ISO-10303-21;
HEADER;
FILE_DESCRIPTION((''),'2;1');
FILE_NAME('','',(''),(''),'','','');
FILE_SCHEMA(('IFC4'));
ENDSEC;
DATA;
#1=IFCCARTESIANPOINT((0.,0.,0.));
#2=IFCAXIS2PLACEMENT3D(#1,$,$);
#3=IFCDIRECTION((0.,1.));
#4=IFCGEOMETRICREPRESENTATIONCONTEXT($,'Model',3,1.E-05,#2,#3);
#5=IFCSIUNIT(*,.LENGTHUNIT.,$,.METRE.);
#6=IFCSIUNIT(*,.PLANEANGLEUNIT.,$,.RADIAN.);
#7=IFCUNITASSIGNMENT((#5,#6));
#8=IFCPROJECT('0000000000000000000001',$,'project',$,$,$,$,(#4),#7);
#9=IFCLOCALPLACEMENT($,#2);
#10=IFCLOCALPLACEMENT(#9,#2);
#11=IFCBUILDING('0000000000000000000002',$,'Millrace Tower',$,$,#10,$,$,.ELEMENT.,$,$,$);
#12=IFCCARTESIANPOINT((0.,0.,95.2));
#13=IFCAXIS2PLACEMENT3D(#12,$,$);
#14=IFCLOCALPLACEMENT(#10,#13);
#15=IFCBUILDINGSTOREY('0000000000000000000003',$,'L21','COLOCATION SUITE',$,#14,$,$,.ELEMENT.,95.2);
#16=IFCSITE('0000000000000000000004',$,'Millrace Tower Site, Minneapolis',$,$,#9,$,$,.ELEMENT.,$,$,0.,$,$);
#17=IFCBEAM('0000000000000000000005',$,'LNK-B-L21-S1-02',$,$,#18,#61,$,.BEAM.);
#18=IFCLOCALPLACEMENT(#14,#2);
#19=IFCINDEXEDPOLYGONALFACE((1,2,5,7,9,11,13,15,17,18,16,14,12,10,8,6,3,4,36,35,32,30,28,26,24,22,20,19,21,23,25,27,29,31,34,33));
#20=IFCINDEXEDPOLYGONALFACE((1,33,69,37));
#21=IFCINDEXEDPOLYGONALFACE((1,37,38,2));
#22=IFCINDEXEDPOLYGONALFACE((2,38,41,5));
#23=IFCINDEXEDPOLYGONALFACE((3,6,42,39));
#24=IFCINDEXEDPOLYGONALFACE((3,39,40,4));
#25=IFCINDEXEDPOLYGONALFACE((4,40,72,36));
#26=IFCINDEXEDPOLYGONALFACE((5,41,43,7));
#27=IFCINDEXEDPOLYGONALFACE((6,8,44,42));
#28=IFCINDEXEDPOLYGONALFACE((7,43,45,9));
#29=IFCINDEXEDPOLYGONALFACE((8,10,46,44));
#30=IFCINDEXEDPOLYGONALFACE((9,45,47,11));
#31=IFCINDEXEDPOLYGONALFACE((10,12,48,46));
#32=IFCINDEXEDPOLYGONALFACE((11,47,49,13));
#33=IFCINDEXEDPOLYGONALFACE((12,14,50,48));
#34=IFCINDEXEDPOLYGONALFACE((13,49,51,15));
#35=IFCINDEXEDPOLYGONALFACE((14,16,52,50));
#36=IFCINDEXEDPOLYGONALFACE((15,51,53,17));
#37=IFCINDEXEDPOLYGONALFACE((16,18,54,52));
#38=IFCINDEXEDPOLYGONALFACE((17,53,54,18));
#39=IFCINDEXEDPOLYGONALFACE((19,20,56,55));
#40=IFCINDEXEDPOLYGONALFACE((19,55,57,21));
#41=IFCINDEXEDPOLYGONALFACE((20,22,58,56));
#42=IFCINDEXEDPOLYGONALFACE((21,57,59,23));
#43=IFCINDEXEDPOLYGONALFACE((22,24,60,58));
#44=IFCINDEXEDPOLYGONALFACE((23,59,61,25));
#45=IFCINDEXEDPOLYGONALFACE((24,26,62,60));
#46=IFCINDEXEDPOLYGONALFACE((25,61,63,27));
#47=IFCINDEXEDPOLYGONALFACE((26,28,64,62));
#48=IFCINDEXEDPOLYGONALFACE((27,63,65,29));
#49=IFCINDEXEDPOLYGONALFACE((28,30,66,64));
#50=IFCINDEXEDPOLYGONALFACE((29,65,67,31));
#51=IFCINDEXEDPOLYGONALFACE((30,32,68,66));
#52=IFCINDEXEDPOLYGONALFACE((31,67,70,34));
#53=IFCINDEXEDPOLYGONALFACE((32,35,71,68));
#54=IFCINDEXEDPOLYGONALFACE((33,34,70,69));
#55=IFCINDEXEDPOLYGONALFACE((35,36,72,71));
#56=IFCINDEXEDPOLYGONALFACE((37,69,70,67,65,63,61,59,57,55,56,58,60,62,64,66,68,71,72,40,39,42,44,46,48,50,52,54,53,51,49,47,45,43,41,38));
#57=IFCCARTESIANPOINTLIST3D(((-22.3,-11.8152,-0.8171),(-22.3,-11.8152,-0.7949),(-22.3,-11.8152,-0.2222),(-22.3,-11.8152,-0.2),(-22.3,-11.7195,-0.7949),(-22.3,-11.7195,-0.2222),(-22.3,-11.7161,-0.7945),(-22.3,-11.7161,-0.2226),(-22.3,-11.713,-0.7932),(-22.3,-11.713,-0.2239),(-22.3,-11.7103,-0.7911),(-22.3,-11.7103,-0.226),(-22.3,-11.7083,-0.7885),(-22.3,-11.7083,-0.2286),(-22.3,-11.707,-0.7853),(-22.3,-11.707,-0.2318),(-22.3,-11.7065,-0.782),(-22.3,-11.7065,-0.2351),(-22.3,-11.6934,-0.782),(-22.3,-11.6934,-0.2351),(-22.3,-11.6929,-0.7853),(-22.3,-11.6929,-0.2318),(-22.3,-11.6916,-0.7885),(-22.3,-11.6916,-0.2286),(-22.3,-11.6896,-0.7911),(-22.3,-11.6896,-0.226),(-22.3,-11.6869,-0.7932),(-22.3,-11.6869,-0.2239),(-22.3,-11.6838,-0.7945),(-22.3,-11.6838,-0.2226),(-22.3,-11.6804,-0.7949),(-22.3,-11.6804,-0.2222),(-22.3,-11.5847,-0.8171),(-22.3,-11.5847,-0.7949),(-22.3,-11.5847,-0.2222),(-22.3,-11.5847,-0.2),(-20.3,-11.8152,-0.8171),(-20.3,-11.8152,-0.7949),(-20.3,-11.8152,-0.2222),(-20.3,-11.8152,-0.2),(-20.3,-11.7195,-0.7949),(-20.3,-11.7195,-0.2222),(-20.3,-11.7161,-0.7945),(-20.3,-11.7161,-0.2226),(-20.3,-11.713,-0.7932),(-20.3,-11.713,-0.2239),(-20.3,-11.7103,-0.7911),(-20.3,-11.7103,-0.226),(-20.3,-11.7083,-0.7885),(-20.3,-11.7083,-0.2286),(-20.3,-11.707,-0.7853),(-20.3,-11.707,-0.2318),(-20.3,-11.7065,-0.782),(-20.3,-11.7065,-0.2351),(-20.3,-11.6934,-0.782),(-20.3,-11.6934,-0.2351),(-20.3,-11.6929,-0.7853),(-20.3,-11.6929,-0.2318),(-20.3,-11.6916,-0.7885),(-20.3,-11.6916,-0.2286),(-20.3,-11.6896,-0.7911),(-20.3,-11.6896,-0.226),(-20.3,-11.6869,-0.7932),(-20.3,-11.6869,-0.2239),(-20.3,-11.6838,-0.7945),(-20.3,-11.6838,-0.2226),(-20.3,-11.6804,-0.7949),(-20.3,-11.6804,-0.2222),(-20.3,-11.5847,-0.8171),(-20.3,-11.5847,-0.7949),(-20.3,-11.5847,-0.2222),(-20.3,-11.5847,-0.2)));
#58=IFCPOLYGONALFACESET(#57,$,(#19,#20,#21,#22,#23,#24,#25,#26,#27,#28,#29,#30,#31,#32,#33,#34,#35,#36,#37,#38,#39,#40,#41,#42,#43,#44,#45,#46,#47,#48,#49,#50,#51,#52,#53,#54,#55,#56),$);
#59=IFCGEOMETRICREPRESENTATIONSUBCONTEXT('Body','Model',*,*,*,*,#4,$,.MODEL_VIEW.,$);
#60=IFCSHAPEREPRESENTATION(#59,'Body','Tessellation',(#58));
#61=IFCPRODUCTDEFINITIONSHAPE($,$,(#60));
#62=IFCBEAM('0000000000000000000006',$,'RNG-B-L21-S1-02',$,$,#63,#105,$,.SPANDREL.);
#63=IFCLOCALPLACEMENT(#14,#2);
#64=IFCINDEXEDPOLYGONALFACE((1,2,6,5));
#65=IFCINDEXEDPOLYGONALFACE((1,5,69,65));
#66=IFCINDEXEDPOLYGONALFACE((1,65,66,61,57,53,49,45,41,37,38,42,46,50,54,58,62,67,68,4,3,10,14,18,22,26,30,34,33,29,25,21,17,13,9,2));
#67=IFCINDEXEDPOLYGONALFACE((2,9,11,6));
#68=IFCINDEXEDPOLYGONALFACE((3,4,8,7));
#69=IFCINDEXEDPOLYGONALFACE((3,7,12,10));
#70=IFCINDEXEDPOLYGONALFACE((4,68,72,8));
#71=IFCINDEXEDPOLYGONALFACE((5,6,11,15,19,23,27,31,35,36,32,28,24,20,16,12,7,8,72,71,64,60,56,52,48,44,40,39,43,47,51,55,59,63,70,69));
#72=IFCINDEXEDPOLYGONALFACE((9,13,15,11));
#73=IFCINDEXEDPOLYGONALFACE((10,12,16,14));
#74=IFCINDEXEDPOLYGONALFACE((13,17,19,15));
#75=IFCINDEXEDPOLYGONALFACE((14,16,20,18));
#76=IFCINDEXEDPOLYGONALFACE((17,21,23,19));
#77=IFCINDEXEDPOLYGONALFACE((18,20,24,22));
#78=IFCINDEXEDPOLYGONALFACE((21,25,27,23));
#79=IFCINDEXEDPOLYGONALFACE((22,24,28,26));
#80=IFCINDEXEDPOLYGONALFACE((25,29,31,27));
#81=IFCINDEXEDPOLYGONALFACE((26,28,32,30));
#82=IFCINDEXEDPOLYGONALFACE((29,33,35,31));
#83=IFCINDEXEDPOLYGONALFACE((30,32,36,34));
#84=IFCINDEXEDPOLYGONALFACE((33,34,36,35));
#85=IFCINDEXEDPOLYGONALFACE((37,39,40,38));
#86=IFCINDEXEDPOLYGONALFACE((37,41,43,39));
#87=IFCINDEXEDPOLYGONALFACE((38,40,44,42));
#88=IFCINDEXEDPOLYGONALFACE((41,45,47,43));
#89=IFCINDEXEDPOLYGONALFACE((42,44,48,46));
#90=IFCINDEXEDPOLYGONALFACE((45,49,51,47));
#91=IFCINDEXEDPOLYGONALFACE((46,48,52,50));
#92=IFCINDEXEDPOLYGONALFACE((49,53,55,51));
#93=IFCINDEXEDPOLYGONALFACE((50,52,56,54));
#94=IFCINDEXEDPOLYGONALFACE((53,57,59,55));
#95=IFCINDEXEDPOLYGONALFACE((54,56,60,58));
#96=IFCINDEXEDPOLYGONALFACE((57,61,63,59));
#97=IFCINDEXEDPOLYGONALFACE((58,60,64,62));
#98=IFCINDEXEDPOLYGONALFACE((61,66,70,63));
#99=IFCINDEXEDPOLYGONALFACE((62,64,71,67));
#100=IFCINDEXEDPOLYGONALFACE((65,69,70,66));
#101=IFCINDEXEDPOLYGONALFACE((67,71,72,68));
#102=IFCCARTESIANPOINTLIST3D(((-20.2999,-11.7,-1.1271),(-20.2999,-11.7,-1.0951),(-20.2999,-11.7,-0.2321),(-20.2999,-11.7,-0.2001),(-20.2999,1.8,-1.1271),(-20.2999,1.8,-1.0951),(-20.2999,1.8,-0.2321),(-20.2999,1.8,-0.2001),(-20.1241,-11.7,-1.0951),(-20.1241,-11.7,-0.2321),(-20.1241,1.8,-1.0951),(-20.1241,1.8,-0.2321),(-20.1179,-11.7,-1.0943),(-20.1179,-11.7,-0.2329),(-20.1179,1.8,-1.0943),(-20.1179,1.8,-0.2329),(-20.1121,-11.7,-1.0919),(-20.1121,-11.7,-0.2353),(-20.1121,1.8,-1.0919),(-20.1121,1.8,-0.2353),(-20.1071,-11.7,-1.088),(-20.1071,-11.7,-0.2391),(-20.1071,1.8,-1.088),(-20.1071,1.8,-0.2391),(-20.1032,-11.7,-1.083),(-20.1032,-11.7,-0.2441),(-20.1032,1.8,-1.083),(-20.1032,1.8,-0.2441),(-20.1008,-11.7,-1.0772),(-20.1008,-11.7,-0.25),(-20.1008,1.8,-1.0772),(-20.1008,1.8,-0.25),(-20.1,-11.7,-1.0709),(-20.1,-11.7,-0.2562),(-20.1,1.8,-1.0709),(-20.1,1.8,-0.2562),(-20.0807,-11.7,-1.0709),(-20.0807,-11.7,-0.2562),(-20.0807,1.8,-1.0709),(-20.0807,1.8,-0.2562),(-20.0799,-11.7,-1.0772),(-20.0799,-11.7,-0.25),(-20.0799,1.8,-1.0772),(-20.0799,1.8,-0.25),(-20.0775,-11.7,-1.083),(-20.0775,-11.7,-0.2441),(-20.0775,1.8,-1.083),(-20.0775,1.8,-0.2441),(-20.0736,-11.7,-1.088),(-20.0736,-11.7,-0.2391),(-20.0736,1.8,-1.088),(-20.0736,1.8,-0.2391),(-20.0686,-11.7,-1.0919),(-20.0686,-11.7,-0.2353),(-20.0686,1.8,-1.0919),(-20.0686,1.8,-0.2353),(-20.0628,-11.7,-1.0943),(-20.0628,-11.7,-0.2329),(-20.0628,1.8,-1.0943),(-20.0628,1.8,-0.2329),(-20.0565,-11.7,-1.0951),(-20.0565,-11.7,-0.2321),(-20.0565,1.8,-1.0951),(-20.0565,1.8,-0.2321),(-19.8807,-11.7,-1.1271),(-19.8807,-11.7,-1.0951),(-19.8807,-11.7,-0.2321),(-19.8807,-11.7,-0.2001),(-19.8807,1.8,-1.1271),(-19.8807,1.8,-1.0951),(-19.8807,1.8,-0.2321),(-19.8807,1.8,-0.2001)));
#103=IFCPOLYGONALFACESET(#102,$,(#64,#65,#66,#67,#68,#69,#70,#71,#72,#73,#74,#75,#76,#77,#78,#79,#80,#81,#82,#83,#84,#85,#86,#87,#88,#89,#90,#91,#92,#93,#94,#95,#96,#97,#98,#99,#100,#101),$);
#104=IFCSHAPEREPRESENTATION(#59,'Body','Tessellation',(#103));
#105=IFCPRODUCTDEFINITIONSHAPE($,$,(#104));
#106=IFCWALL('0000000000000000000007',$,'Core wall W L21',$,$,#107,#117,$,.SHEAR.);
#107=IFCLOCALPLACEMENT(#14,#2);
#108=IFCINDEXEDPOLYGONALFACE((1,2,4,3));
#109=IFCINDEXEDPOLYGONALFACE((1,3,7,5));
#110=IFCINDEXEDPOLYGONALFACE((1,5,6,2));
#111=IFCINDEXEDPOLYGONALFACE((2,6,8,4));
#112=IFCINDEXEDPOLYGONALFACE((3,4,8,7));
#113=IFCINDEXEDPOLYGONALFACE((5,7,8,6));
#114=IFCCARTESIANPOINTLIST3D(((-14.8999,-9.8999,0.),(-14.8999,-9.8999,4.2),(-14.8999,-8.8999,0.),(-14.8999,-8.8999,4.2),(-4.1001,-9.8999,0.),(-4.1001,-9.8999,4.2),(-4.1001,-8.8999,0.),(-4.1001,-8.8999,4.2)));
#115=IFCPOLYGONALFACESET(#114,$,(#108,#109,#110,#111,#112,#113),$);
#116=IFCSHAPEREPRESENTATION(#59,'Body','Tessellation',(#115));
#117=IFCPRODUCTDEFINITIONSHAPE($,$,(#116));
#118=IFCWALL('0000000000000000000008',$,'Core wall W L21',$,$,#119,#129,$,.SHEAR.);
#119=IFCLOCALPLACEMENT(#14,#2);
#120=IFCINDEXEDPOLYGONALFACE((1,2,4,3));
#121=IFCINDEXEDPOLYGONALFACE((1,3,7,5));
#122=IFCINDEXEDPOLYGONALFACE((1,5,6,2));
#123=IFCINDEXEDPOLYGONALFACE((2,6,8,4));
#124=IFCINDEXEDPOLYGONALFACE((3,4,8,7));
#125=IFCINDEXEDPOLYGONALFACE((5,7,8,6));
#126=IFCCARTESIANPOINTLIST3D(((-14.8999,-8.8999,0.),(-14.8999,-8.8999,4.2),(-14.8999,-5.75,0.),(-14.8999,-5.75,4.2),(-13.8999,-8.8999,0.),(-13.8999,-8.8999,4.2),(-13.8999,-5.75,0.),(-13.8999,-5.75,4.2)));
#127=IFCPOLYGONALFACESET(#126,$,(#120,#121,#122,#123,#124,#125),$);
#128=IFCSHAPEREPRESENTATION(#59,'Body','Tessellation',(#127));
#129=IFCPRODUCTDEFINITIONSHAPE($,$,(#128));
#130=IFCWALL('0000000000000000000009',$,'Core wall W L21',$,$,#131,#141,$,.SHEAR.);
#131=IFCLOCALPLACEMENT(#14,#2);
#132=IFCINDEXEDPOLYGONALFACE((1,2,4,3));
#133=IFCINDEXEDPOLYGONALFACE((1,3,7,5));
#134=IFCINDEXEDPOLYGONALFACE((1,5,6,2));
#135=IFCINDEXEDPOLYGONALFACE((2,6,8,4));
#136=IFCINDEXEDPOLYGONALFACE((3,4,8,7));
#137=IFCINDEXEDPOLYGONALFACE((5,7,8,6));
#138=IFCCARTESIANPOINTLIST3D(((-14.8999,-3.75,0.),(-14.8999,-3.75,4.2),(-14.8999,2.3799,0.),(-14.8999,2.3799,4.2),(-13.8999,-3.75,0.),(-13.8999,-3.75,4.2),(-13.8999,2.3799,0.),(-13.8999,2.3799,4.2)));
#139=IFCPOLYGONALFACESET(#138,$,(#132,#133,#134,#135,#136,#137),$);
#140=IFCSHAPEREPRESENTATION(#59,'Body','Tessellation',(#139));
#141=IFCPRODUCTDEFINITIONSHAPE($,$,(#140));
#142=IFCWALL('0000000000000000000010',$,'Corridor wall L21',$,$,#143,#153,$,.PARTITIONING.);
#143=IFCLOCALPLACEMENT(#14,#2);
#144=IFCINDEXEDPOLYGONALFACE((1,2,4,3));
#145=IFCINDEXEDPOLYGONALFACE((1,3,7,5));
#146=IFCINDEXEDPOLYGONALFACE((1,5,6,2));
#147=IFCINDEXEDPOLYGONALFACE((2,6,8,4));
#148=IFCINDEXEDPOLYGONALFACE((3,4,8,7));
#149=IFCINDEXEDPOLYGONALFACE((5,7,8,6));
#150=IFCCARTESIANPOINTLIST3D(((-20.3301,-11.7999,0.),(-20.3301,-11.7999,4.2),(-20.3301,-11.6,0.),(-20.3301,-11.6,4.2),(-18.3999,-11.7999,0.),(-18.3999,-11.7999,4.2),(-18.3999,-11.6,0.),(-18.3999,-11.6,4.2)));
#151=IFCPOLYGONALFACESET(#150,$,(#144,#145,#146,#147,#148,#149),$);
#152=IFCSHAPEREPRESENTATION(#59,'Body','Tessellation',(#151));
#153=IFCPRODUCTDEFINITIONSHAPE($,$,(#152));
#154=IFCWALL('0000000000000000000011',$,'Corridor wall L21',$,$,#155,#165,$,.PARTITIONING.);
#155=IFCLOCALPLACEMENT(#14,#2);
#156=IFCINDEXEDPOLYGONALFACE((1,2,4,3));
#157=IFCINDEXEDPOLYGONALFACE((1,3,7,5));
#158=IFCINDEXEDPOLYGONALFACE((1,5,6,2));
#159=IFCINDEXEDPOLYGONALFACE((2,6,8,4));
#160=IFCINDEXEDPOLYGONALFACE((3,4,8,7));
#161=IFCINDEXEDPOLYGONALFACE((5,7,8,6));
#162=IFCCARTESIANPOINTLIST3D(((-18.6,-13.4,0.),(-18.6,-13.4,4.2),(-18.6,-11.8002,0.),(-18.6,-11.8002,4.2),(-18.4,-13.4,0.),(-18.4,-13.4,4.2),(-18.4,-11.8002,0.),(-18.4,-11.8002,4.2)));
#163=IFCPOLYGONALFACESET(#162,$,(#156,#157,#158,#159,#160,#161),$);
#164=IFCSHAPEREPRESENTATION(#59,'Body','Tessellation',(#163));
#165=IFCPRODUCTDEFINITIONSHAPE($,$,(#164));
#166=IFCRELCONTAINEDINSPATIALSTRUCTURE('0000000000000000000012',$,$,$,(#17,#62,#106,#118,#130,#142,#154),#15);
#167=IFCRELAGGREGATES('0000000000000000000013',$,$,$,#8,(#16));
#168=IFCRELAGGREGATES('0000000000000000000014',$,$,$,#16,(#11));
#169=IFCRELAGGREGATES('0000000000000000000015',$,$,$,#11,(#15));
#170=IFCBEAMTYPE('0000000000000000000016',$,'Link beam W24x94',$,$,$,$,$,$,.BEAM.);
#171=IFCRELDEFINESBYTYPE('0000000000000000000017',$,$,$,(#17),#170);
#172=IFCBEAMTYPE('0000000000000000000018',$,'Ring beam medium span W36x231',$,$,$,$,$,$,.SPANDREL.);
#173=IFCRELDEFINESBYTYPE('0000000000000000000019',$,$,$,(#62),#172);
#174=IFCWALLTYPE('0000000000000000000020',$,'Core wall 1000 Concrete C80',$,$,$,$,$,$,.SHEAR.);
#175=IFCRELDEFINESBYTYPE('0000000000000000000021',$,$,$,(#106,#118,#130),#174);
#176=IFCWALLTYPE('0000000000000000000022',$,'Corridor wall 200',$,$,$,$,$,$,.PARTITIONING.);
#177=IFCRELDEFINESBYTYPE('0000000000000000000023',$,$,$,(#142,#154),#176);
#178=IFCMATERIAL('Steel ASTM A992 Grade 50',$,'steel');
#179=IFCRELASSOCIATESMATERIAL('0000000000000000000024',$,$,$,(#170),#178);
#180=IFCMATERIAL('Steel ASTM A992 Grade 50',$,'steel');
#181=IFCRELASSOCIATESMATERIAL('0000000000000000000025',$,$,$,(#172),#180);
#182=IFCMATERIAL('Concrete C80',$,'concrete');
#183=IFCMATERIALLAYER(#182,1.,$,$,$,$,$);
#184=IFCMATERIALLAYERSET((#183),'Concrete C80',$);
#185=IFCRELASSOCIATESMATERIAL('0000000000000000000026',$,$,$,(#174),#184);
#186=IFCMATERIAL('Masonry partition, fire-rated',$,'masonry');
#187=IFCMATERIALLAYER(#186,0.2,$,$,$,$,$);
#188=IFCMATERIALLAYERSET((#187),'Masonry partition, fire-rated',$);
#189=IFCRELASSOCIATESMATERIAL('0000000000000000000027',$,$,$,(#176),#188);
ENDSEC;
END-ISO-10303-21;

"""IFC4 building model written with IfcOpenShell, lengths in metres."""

from ifc_helpers import new_model, si_unit, direction, frame, frame_2d, origin, origin_2d, place, context, subcontext, project, spatial, rectangle, i_section, extrude, material, layer, layer_set, material_profile, profile_set, type_object, element, save


model = new_model("IFC4")

# Units and contexts
model_context = context("Model", 3, precision=1e-05, world=origin(), true_north=direction((0.0, 1.0)))
body_context = subcontext(model_context, "Body", "Model", "MODEL_VIEW")
ifc_project = project(units=[si_unit("LENGTHUNIT", "METRE"), si_unit("PLANEANGLEUNIT", "RADIAN")], contexts=[model_context])

# Site, building, storey
site_placement = place(None, origin())
site = spatial("IfcSite", under=ifc_project, at=site_placement, Name="Millrace Tower Site, Minneapolis", CompositionType="ELEMENT", RefElevation=0.0)
building_placement = place(site_placement, origin())
building = spatial("IfcBuilding", under=site, at=building_placement, Name="Millrace Tower", CompositionType="ELEMENT")
storey_placement = place(building_placement, frame((0.0, 0.0, 95.2)))
storey = spatial("IfcBuildingStorey", under=building, at=storey_placement, Name="L21", Description="COLOCATION SUITE", CompositionType="ELEMENT", Elevation=95.2)

# Beams
ifc_material_1 = material(Name="Steel ASTM A992 Grade 50", Category="steel")
ifc_material_profile_1 = material_profile(ifc_material_1, i_section(OverallWidth=0.2305, OverallDepth=0.6172, WebThickness=0.0132, FlangeThickness=0.0222, FilletRadius=0.0129, at=origin_2d()))
ifc_profile_set_1 = profile_set([ifc_material_profile_1], Name="Steel ASTM A992 Grade 50")
beam_type_1 = type_object("IfcBeamType", Name="Link beam W24x94", PredefinedType="BEAM", material=ifc_profile_set_1)
beam_1_placement = place(storey_placement, frame((-20.3, -11.7, -0.5085), z_axis=(-1.0, 0.0, 0.0), x_axis=(0.0, -1.0, 0.0)))
element("IfcBeam", 1, at=beam_1_placement, inside=storey, type_object=beam_type_1, Name="LNK-B-L21-S1-02", PredefinedType="BEAM", context=body_context, shape_type="SweptSolid", body=[
    extrude(i_section(OverallWidth=0.2305, OverallDepth=0.6172, WebThickness=0.0132, FlangeThickness=0.0222, FilletRadius=0.0129, at=origin_2d()), origin(), (0.0, 0.0, 1.0), 2.0),
])
ifc_material_2 = material(Name="Steel ASTM A992 Grade 50", Category="steel")
ifc_material_profile_2 = material_profile(ifc_material_2, i_section(OverallWidth=0.4192, OverallDepth=0.927, WebThickness=0.0193, FlangeThickness=0.032, FilletRadius=0.0242, at=origin_2d()))
ifc_profile_set_2 = profile_set([ifc_material_profile_2], Name="Steel ASTM A992 Grade 50")
beam_type_2 = type_object("IfcBeamType", Name="Ring beam medium span W36x231", PredefinedType="SPANDREL", material=ifc_profile_set_2)
beam_2_placement = place(storey_placement, frame((-20.0903, -11.7, -0.6636), z_axis=(0.0, 1.0, 0.0), x_axis=(-1.0, 0.0, 0.0)))
element("IfcBeam", 2, at=beam_2_placement, inside=storey, type_object=beam_type_2, Name="RNG-B-L21-S1-02", PredefinedType="SPANDREL", context=body_context, shape_type="SweptSolid", body=[
    extrude(i_section(OverallWidth=0.4192, OverallDepth=0.927, WebThickness=0.0193, FlangeThickness=0.032, FilletRadius=0.0242, at=origin_2d()), origin(), (0.0, 0.0, 1.0), 13.5),
])

# Walls
ifc_material_3 = material(Name="Concrete C80", Category="concrete")
ifc_layer_1 = layer(ifc_material_3, 1.0)
ifc_layer_set_1 = layer_set([ifc_layer_1], Name="Concrete C80")
wall_type_1 = type_object("IfcWallType", Name="Core wall 1000 Concrete C80", PredefinedType="SHEAR", material=ifc_layer_set_1)
wall_1_placement = place(storey_placement, frame((-14.8999, -9.3999, 0.0), z_axis=(0.0, 0.0, 1.0), x_axis=(1.0, 0.0, 0.0)))
element("IfcWall", 3, at=wall_1_placement, inside=storey, type_object=wall_type_1, Name="Core wall W L21", PredefinedType="SHEAR", context=body_context, shape_type="SweptSolid", body=[
    extrude(rectangle(XDim=10.7998, YDim=1.0, at=frame_2d((5.3999, 0.0))), origin(), (0.0, 0.0, 1.0), 4.2),
])
wall_2_placement = place(storey_placement, frame((-14.3999, -8.8999, 0.0), z_axis=(0.0, 0.0, 1.0), x_axis=(0.0, 1.0, 0.0)))
element("IfcWall", 4, at=wall_2_placement, inside=storey, type_object=wall_type_1, Name="Core wall W L21", PredefinedType="SHEAR", context=body_context, shape_type="SweptSolid", body=[
    extrude(rectangle(XDim=3.1499, YDim=1.0, at=frame_2d((1.575, 0.0))), origin(), (0.0, 0.0, 1.0), 4.2),
])
wall_3_placement = place(storey_placement, frame((-14.3999, -3.75, 0.0), z_axis=(0.0, 0.0, 1.0), x_axis=(0.0, 1.0, 0.0)))
element("IfcWall", 5, at=wall_3_placement, inside=storey, type_object=wall_type_1, Name="Core wall W L21", PredefinedType="SHEAR", context=body_context, shape_type="SweptSolid", body=[
    extrude(rectangle(XDim=6.1299, YDim=1.0, at=frame_2d((3.0649, 0.0))), origin(), (0.0, 0.0, 1.0), 4.2),
])
ifc_material_4 = material(Name="Masonry partition, fire-rated", Category="masonry")
ifc_layer_2 = layer(ifc_material_4, 0.2)
ifc_layer_set_2 = layer_set([ifc_layer_2], Name="Masonry partition, fire-rated")
wall_type_2 = type_object("IfcWallType", Name="Corridor wall 200", PredefinedType="PARTITIONING", material=ifc_layer_set_2)
wall_4_placement = place(storey_placement, frame((-20.3301, -11.7, 0.0), z_axis=(0.0, 0.0, 1.0), x_axis=(1.0, 0.0, 0.0)))
element("IfcWall", 6, at=wall_4_placement, inside=storey, type_object=wall_type_2, Name="Corridor wall L21", PredefinedType="PARTITIONING", context=body_context, shape_type="SweptSolid", body=[
    extrude(rectangle(XDim=1.9302, YDim=0.2, at=frame_2d((0.9651, 0.0))), origin(), (0.0, 0.0, 1.0), 4.2),
])
wall_5_placement = place(storey_placement, frame((-18.5, -13.3999, 0.0), z_axis=(0.0, 0.0, 1.0), x_axis=(0.0, 1.0, 0.0)))
element("IfcWall", 7, at=wall_5_placement, inside=storey, type_object=wall_type_2, Name="Corridor wall L21", PredefinedType="PARTITIONING", context=body_context, shape_type="SweptSolid", body=[
    extrude(rectangle(XDim=1.5999, YDim=0.2, at=frame_2d((0.7998, 0.0))), origin(), (0.0, 0.0, 1.0), 4.2),
])

save(model, "model.ifc")
